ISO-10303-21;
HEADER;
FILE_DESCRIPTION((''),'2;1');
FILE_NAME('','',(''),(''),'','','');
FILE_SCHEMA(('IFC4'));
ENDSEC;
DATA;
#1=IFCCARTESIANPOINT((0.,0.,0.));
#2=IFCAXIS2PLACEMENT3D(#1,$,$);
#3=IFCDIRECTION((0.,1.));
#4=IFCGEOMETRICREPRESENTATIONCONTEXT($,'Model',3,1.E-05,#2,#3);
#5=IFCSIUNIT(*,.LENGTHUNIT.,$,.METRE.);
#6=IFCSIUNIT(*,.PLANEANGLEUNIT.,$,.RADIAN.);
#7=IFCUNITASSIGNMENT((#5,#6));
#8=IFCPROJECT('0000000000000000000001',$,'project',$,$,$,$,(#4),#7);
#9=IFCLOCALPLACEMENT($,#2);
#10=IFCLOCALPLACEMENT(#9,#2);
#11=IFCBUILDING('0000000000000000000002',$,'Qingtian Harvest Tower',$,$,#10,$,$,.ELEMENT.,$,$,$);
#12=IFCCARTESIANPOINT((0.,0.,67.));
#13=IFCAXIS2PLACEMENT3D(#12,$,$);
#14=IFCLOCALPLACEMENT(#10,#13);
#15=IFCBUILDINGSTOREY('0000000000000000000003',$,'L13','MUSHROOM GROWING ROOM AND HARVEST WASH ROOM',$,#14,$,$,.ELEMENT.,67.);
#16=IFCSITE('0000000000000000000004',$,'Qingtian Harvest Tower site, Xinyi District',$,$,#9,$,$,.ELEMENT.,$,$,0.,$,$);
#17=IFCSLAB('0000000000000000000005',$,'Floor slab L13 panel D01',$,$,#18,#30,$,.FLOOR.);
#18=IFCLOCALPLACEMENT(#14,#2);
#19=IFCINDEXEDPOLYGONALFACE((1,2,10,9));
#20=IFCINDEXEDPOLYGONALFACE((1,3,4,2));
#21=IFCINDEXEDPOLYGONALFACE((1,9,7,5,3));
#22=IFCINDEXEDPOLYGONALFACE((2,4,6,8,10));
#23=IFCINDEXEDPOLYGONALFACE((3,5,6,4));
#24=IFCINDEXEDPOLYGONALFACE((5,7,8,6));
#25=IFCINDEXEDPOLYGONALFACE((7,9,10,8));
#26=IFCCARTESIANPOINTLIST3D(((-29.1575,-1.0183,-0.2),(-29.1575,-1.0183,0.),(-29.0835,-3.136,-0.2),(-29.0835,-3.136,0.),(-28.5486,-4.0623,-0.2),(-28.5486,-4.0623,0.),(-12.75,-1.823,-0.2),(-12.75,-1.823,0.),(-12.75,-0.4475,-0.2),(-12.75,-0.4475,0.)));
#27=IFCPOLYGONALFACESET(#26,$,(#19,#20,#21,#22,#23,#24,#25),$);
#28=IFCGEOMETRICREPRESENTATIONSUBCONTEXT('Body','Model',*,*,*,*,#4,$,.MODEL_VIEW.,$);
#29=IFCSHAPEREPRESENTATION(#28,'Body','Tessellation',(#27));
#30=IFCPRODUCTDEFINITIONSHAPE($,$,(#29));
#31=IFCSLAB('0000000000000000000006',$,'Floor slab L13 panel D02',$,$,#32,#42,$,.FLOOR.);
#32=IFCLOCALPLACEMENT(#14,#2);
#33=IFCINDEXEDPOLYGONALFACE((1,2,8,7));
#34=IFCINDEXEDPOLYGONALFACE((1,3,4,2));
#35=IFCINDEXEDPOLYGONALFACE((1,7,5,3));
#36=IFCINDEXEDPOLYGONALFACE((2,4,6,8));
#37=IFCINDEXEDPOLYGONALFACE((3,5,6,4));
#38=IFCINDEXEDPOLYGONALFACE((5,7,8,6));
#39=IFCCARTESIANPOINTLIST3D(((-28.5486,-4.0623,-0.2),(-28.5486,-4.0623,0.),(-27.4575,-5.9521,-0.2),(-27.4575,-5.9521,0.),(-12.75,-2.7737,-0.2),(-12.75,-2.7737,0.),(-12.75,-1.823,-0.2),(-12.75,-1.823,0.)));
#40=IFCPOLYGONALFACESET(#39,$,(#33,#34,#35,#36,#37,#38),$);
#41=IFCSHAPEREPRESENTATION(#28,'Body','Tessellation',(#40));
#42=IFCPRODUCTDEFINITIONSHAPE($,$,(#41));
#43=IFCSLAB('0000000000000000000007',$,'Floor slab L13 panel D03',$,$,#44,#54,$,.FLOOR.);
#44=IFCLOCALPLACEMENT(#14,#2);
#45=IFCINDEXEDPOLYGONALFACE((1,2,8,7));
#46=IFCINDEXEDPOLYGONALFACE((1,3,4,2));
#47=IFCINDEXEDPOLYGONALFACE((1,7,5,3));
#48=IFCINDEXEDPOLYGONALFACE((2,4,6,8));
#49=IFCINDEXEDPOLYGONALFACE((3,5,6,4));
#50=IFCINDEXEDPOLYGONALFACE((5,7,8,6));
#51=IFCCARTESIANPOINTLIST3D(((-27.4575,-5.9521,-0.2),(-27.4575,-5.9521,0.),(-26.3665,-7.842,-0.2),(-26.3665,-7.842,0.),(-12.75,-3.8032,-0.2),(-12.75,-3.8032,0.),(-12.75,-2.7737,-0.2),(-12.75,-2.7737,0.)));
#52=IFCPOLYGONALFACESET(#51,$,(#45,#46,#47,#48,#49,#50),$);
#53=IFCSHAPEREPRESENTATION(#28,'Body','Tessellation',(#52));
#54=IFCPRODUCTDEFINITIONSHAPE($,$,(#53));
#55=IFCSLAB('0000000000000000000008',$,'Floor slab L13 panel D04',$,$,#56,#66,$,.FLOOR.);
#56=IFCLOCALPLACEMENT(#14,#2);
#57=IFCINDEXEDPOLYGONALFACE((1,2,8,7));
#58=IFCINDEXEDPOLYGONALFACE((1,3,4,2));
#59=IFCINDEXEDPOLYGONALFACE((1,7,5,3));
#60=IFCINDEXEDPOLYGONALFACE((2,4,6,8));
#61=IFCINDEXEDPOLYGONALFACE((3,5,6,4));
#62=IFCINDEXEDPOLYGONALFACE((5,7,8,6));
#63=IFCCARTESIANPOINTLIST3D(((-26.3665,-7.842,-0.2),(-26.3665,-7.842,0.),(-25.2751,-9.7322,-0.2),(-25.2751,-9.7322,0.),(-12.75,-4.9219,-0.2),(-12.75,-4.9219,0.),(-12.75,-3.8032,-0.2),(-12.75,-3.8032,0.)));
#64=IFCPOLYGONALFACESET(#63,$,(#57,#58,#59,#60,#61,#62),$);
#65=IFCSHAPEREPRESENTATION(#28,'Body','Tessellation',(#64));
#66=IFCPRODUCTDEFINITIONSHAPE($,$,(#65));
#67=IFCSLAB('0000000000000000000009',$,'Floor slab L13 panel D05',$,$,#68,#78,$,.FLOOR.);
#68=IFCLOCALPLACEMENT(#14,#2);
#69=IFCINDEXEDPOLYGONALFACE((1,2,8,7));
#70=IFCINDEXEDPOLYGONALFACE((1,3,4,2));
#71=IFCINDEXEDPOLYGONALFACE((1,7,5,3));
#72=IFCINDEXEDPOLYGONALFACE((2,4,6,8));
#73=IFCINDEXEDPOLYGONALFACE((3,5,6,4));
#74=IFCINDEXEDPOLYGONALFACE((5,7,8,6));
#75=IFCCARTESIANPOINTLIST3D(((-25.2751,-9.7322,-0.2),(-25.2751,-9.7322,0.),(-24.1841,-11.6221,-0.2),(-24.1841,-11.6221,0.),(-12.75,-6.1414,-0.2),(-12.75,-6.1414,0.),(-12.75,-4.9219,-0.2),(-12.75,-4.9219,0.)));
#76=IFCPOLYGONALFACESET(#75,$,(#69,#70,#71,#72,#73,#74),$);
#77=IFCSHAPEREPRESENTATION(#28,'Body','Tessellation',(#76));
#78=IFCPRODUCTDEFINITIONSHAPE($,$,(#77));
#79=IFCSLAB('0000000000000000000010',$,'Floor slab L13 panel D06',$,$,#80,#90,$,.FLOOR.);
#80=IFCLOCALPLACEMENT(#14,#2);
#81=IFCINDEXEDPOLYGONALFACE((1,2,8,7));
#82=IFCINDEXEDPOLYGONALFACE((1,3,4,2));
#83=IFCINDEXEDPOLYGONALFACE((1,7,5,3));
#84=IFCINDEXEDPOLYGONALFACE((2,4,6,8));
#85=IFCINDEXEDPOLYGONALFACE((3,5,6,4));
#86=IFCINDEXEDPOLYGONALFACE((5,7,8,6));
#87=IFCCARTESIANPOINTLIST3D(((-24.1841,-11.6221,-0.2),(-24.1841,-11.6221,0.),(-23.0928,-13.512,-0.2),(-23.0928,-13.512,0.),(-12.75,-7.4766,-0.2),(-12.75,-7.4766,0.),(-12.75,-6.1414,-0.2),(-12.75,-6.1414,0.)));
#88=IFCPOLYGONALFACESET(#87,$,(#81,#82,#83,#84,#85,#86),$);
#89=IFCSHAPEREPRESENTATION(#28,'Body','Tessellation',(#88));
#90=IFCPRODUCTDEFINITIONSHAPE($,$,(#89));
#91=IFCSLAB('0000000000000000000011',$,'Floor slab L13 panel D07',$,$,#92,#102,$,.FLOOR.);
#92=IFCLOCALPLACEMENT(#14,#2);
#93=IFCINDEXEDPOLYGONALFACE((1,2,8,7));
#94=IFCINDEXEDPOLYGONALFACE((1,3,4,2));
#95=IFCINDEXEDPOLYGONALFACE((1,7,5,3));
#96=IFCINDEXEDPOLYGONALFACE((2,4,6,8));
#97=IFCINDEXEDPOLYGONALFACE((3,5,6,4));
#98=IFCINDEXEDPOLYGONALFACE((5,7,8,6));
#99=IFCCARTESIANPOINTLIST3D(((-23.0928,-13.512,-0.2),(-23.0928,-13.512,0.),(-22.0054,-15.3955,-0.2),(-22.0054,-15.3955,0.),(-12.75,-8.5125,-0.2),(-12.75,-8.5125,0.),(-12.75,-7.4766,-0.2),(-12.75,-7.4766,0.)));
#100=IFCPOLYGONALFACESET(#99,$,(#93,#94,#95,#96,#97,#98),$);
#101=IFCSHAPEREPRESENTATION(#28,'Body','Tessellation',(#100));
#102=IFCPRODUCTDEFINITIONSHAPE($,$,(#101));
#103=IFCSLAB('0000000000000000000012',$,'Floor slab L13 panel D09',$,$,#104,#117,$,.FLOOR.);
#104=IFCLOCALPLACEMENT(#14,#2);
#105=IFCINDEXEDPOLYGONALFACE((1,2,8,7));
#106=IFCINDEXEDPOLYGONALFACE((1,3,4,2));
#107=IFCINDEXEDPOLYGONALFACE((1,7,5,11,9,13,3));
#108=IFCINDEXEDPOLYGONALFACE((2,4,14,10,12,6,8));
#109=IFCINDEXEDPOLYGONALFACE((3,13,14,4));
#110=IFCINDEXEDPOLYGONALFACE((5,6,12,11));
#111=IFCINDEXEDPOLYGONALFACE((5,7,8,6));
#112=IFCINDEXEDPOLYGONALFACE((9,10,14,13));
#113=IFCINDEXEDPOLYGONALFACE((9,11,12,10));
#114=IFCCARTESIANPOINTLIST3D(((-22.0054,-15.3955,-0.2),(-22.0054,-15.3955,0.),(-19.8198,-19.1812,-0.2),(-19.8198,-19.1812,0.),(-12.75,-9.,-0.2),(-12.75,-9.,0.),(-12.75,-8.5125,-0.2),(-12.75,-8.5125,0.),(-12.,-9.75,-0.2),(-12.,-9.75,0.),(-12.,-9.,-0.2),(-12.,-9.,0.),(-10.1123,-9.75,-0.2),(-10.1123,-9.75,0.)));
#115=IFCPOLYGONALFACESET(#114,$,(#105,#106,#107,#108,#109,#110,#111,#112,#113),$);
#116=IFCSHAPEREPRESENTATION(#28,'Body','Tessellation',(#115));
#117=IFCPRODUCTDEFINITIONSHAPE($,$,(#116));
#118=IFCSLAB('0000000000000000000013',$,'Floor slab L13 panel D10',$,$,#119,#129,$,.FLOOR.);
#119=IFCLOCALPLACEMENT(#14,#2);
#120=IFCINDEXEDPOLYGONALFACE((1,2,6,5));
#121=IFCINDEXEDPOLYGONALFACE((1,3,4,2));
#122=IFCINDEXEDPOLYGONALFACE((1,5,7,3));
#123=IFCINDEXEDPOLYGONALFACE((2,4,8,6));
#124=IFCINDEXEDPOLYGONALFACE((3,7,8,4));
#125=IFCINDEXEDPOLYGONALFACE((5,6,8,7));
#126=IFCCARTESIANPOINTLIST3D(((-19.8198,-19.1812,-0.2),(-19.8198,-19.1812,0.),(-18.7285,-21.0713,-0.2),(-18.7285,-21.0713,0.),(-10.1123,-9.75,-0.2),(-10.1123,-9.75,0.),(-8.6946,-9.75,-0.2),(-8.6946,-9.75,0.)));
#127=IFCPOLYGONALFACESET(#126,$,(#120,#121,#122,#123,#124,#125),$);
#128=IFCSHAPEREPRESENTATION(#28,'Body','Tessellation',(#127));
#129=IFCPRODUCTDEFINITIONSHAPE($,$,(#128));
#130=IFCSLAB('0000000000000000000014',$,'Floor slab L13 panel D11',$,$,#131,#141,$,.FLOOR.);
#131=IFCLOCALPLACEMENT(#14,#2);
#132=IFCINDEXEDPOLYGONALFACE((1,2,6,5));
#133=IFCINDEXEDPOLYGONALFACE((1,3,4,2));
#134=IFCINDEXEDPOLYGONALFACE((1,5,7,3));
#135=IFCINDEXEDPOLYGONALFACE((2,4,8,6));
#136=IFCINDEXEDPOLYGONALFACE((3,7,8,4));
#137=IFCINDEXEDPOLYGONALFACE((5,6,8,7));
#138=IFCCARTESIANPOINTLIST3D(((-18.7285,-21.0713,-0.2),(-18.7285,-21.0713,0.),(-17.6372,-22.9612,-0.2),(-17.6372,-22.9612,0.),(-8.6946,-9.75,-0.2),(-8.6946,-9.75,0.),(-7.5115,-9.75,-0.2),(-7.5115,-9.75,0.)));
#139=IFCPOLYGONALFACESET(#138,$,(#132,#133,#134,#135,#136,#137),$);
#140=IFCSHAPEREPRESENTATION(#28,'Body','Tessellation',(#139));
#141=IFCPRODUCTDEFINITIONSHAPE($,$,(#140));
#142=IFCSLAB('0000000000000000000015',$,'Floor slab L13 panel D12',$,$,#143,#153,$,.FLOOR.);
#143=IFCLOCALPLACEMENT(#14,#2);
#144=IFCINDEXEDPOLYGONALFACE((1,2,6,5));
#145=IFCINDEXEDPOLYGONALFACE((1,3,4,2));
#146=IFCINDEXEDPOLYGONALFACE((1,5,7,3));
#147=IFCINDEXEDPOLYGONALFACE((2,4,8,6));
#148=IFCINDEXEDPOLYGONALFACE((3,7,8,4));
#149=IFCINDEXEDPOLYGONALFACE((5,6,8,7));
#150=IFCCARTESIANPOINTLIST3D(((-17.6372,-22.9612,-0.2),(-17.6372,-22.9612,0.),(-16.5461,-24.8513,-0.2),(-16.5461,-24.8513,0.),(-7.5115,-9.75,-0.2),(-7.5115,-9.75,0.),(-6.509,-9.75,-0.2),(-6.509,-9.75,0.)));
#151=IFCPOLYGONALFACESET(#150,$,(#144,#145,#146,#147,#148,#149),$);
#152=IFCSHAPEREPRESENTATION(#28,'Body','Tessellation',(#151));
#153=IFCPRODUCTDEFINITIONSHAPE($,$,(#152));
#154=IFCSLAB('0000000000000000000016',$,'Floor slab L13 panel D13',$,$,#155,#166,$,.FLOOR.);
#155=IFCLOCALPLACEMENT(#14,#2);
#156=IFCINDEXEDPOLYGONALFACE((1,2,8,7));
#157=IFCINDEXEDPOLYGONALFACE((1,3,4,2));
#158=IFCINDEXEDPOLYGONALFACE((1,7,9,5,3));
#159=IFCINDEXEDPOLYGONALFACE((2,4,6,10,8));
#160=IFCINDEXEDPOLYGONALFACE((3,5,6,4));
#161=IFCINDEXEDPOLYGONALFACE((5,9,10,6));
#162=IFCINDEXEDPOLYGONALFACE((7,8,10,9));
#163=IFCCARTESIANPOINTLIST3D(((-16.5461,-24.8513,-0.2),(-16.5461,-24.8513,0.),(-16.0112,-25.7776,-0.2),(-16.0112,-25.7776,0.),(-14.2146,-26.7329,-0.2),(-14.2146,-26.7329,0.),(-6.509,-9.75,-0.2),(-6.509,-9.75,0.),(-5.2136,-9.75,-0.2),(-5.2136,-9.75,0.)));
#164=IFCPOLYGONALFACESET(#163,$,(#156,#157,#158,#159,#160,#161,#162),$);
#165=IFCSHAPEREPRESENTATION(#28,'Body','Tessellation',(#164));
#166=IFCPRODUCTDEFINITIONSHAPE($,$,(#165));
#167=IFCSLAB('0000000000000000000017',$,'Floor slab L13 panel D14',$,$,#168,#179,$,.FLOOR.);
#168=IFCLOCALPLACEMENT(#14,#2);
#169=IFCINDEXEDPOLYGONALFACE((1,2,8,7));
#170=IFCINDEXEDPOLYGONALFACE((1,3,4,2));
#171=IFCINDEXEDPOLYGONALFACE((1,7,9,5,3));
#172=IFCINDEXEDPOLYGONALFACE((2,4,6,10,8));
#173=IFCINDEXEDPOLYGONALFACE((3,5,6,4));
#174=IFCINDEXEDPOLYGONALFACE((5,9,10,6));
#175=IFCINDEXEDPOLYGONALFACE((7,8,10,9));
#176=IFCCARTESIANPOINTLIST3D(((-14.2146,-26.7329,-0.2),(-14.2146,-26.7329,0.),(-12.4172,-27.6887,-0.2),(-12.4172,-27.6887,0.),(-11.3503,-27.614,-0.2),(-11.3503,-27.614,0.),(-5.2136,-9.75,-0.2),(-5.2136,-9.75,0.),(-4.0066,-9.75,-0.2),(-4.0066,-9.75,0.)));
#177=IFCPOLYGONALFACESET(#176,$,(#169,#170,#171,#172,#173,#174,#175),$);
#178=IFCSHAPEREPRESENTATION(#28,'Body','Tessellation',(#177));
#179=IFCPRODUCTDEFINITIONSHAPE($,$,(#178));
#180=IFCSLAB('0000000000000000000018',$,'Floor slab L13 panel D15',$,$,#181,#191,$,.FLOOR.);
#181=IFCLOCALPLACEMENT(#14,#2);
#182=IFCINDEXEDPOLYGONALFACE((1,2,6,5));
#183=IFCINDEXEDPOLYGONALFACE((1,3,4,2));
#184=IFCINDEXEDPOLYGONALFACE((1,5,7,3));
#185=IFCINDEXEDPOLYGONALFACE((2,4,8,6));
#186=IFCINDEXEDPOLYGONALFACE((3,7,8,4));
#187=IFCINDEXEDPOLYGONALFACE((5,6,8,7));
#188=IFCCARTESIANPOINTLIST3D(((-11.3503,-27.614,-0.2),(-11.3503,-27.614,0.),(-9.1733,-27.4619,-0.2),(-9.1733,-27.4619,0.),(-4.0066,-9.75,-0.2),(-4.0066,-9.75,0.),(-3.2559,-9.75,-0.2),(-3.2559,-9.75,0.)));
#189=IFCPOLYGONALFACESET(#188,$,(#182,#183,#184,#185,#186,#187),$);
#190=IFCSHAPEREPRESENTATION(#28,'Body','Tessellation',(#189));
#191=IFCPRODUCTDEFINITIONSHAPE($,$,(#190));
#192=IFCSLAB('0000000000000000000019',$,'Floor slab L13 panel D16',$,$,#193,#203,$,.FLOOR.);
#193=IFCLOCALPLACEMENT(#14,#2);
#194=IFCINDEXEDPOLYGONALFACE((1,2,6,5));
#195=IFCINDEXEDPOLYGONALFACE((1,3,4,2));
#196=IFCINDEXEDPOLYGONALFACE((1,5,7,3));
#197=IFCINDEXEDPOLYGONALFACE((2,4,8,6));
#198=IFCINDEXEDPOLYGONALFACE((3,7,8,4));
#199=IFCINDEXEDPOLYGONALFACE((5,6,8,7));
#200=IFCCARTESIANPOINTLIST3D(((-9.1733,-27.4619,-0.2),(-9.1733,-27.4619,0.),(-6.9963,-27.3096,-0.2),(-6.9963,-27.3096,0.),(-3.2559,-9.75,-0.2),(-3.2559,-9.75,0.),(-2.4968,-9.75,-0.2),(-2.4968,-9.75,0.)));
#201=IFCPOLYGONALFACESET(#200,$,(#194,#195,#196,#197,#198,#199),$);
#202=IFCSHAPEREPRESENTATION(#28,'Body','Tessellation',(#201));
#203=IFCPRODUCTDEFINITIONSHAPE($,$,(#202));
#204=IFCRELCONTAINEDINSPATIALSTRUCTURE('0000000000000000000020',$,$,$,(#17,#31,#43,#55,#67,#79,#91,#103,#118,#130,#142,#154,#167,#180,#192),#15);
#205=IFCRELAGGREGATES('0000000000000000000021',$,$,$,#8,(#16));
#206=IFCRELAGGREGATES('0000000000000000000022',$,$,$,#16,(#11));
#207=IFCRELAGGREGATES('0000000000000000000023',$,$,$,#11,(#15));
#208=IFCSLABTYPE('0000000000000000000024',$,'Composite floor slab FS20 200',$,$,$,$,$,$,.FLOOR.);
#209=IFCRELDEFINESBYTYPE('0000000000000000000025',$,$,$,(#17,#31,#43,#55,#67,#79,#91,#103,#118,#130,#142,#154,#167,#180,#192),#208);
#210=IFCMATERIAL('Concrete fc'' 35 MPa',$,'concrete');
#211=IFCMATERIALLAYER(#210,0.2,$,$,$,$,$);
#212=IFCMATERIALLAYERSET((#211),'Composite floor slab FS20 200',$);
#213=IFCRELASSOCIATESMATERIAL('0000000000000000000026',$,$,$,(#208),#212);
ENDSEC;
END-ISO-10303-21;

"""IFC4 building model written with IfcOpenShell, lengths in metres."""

from ifc_helpers import new_model, si_unit, direction, frame, origin, place, context, subcontext, project, spatial, polyline, outline, extrude, material, layer, layer_set, type_object, element, save


model = new_model("IFC4")

# Units and contexts
model_context = context("Model", 3, precision=1e-05, world=origin(), true_north=direction((0.0, 1.0)))
body_context = subcontext(model_context, "Body", "Model", "MODEL_VIEW")
ifc_project = project(units=[si_unit("LENGTHUNIT", "METRE"), si_unit("PLANEANGLEUNIT", "RADIAN")], contexts=[model_context])

# Site, building, storey
site_placement = place(None, origin())
site = spatial("IfcSite", under=ifc_project, at=site_placement, Name="Qingtian Harvest Tower site, Xinyi District", CompositionType="ELEMENT", RefElevation=0.0)
building_placement = place(site_placement, origin())
building = spatial("IfcBuilding", under=site, at=building_placement, Name="Qingtian Harvest Tower", CompositionType="ELEMENT")
storey_placement = place(building_placement, frame((0.0, 0.0, 67.0)))
storey = spatial("IfcBuildingStorey", under=building, at=storey_placement, Name="L13", Description="MUSHROOM GROWING ROOM AND HARVEST WASH ROOM", CompositionType="ELEMENT", Elevation=67.0)

# Slabs
ifc_material_1 = material(Name="Concrete fc' 35 MPa", Category="concrete")
ifc_layer_1 = layer(ifc_material_1, 0.2)
ifc_layer_set_1 = layer_set([ifc_layer_1], Name="Composite floor slab FS20 200")
slab_type_1 = type_object("IfcSlabType", Name="Composite floor slab FS20 200", PredefinedType="FLOOR", material=ifc_layer_set_1)
slab_1_placement = place(storey_placement, frame((0.0, 0.0, -0.2)))
element("IfcSlab", 1, at=slab_1_placement, inside=storey, type_object=slab_type_1, Name="Floor slab L13 panel D01", PredefinedType="FLOOR", context=body_context, shape_type="SweptSolid", body=[
    extrude(outline(polyline([(-29.1575, -1.0183), (-12.75, -0.4475), (-12.75, -1.823), (-28.5486, -4.0623), (-29.0835, -3.136), (-29.1575, -1.0183)])), origin(), (0.0, 0.0, 1.0), 0.2),
])
slab_2_placement = place(storey_placement, frame((0.0, 0.0, -0.2)))
element("IfcSlab", 2, at=slab_2_placement, inside=storey, type_object=slab_type_1, Name="Floor slab L13 panel D02", PredefinedType="FLOOR", context=body_context, shape_type="SweptSolid", body=[
    extrude(outline(polyline([(-12.75, -2.7737), (-27.4575, -5.9521), (-28.5486, -4.0623), (-12.75, -1.823), (-12.75, -2.7737)])), origin(), (0.0, 0.0, 1.0), 0.2),
])
slab_3_placement = place(storey_placement, frame((0.0, 0.0, -0.2)))
element("IfcSlab", 3, at=slab_3_placement, inside=storey, type_object=slab_type_1, Name="Floor slab L13 panel D03", PredefinedType="FLOOR", context=body_context, shape_type="SweptSolid", body=[
    extrude(outline(polyline([(-12.75, -3.8032), (-26.3665, -7.842), (-27.4575, -5.9521), (-12.75, -2.7737), (-12.75, -3.8032)])), origin(), (0.0, 0.0, 1.0), 0.2),
])
slab_4_placement = place(storey_placement, frame((0.0, 0.0, -0.2)))
element("IfcSlab", 4, at=slab_4_placement, inside=storey, type_object=slab_type_1, Name="Floor slab L13 panel D04", PredefinedType="FLOOR", context=body_context, shape_type="SweptSolid", body=[
    extrude(outline(polyline([(-12.75, -4.9219), (-25.2751, -9.7322), (-26.3665, -7.842), (-12.75, -3.8032), (-12.75, -4.9219)])), origin(), (0.0, 0.0, 1.0), 0.2),
])
slab_5_placement = place(storey_placement, frame((0.0, 0.0, -0.2)))
element("IfcSlab", 5, at=slab_5_placement, inside=storey, type_object=slab_type_1, Name="Floor slab L13 panel D05", PredefinedType="FLOOR", context=body_context, shape_type="SweptSolid", body=[
    extrude(outline(polyline([(-12.75, -6.1414), (-24.1841, -11.6221), (-25.2751, -9.7322), (-12.75, -4.9219), (-12.75, -6.1414)])), origin(), (0.0, 0.0, 1.0), 0.2),
])
slab_6_placement = place(storey_placement, frame((0.0, 0.0, -0.2)))
element("IfcSlab", 6, at=slab_6_placement, inside=storey, type_object=slab_type_1, Name="Floor slab L13 panel D06", PredefinedType="FLOOR", context=body_context, shape_type="SweptSolid", body=[
    extrude(outline(polyline([(-12.75, -7.4766), (-23.0928, -13.512), (-24.1841, -11.6221), (-12.75, -6.1414), (-12.75, -7.4766)])), origin(), (0.0, 0.0, 1.0), 0.2),
])
slab_7_placement = place(storey_placement, frame((0.0, 0.0, -0.2)))
element("IfcSlab", 7, at=slab_7_placement, inside=storey, type_object=slab_type_1, Name="Floor slab L13 panel D07", PredefinedType="FLOOR", context=body_context, shape_type="SweptSolid", body=[
    extrude(outline(polyline([(-12.75, -8.5125), (-22.0054, -15.3955), (-23.0928, -13.512), (-12.75, -7.4766), (-12.75, -8.5125)])), origin(), (0.0, 0.0, 1.0), 0.2),
])
slab_8_placement = place(storey_placement, frame((0.0, 0.0, -0.2)))
element("IfcSlab", 8, at=slab_8_placement, inside=storey, type_object=slab_type_1, Name="Floor slab L13 panel D09", PredefinedType="FLOOR", context=body_context, shape_type="SweptSolid", body=[
    extrude(outline(polyline([(-19.8198, -19.1812), (-22.0054, -15.3955), (-12.75, -8.5125), (-12.75, -9.0), (-12.0, -9.0), (-12.0, -9.75), (-10.1123, -9.75), (-19.8198, -19.1812)])), origin(), (0.0, 0.0, 1.0), 0.2),
])
slab_9_placement = place(storey_placement, frame((0.0, 0.0, -0.2)))
element("IfcSlab", 9, at=slab_9_placement, inside=storey, type_object=slab_type_1, Name="Floor slab L13 panel D10", PredefinedType="FLOOR", context=body_context, shape_type="SweptSolid", body=[
    extrude(outline(polyline([(-8.6946, -9.75), (-18.7285, -21.0713), (-19.8198, -19.1812), (-10.1123, -9.75), (-8.6946, -9.75)])), origin(), (0.0, 0.0, 1.0), 0.2),
])
slab_10_placement = place(storey_placement, frame((0.0, 0.0, -0.2)))
element("IfcSlab", 10, at=slab_10_placement, inside=storey, type_object=slab_type_1, Name="Floor slab L13 panel D11", PredefinedType="FLOOR", context=body_context, shape_type="SweptSolid", body=[
    extrude(outline(polyline([(-7.5115, -9.75), (-17.6372, -22.9612), (-18.7285, -21.0713), (-8.6946, -9.75), (-7.5115, -9.75)])), origin(), (0.0, 0.0, 1.0), 0.2),
])
slab_11_placement = place(storey_placement, frame((0.0, 0.0, -0.2)))
element("IfcSlab", 11, at=slab_11_placement, inside=storey, type_object=slab_type_1, Name="Floor slab L13 panel D12", PredefinedType="FLOOR", context=body_context, shape_type="SweptSolid", body=[
    extrude(outline(polyline([(-6.509, -9.75), (-16.5461, -24.8513), (-17.6372, -22.9612), (-7.5115, -9.75), (-6.509, -9.75)])), origin(), (0.0, 0.0, 1.0), 0.2),
])
slab_12_placement = place(storey_placement, frame((0.0, 0.0, -0.2)))
element("IfcSlab", 12, at=slab_12_placement, inside=storey, type_object=slab_type_1, Name="Floor slab L13 panel D13", PredefinedType="FLOOR", context=body_context, shape_type="SweptSolid", body=[
    extrude(outline(polyline([(-6.509, -9.75), (-5.2136, -9.75), (-14.2146, -26.7329), (-16.0112, -25.7776), (-16.5461, -24.8513), (-6.509, -9.75)])), origin(), (0.0, 0.0, 1.0), 0.2),
])
slab_13_placement = place(storey_placement, frame((0.0, 0.0, -0.2)))
element("IfcSlab", 13, at=slab_13_placement, inside=storey, type_object=slab_type_1, Name="Floor slab L13 panel D14", PredefinedType="FLOOR", context=body_context, shape_type="SweptSolid", body=[
    extrude(outline(polyline([(-5.2136, -9.75), (-4.0066, -9.75), (-11.3503, -27.614), (-12.4172, -27.6887), (-14.2146, -26.7329), (-5.2136, -9.75)])), origin(), (0.0, 0.0, 1.0), 0.2),
])
slab_14_placement = place(storey_placement, frame((0.0, 0.0, -0.2)))
element("IfcSlab", 14, at=slab_14_placement, inside=storey, type_object=slab_type_1, Name="Floor slab L13 panel D15", PredefinedType="FLOOR", context=body_context, shape_type="SweptSolid", body=[
    extrude(outline(polyline([(-3.2559, -9.75), (-9.1733, -27.4619), (-11.3503, -27.614), (-4.0066, -9.75), (-3.2559, -9.75)])), origin(), (0.0, 0.0, 1.0), 0.2),
])
slab_15_placement = place(storey_placement, frame((0.0, 0.0, -0.2)))
element("IfcSlab", 15, at=slab_15_placement, inside=storey, type_object=slab_type_1, Name="Floor slab L13 panel D16", PredefinedType="FLOOR", context=body_context, shape_type="SweptSolid", body=[
    extrude(outline(polyline([(-2.4968, -9.75), (-6.9963, -27.3096), (-9.1733, -27.4619), (-3.2559, -9.75), (-2.4968, -9.75)])), origin(), (0.0, 0.0, 1.0), 0.2),
])

save(model, "model.ifc")
